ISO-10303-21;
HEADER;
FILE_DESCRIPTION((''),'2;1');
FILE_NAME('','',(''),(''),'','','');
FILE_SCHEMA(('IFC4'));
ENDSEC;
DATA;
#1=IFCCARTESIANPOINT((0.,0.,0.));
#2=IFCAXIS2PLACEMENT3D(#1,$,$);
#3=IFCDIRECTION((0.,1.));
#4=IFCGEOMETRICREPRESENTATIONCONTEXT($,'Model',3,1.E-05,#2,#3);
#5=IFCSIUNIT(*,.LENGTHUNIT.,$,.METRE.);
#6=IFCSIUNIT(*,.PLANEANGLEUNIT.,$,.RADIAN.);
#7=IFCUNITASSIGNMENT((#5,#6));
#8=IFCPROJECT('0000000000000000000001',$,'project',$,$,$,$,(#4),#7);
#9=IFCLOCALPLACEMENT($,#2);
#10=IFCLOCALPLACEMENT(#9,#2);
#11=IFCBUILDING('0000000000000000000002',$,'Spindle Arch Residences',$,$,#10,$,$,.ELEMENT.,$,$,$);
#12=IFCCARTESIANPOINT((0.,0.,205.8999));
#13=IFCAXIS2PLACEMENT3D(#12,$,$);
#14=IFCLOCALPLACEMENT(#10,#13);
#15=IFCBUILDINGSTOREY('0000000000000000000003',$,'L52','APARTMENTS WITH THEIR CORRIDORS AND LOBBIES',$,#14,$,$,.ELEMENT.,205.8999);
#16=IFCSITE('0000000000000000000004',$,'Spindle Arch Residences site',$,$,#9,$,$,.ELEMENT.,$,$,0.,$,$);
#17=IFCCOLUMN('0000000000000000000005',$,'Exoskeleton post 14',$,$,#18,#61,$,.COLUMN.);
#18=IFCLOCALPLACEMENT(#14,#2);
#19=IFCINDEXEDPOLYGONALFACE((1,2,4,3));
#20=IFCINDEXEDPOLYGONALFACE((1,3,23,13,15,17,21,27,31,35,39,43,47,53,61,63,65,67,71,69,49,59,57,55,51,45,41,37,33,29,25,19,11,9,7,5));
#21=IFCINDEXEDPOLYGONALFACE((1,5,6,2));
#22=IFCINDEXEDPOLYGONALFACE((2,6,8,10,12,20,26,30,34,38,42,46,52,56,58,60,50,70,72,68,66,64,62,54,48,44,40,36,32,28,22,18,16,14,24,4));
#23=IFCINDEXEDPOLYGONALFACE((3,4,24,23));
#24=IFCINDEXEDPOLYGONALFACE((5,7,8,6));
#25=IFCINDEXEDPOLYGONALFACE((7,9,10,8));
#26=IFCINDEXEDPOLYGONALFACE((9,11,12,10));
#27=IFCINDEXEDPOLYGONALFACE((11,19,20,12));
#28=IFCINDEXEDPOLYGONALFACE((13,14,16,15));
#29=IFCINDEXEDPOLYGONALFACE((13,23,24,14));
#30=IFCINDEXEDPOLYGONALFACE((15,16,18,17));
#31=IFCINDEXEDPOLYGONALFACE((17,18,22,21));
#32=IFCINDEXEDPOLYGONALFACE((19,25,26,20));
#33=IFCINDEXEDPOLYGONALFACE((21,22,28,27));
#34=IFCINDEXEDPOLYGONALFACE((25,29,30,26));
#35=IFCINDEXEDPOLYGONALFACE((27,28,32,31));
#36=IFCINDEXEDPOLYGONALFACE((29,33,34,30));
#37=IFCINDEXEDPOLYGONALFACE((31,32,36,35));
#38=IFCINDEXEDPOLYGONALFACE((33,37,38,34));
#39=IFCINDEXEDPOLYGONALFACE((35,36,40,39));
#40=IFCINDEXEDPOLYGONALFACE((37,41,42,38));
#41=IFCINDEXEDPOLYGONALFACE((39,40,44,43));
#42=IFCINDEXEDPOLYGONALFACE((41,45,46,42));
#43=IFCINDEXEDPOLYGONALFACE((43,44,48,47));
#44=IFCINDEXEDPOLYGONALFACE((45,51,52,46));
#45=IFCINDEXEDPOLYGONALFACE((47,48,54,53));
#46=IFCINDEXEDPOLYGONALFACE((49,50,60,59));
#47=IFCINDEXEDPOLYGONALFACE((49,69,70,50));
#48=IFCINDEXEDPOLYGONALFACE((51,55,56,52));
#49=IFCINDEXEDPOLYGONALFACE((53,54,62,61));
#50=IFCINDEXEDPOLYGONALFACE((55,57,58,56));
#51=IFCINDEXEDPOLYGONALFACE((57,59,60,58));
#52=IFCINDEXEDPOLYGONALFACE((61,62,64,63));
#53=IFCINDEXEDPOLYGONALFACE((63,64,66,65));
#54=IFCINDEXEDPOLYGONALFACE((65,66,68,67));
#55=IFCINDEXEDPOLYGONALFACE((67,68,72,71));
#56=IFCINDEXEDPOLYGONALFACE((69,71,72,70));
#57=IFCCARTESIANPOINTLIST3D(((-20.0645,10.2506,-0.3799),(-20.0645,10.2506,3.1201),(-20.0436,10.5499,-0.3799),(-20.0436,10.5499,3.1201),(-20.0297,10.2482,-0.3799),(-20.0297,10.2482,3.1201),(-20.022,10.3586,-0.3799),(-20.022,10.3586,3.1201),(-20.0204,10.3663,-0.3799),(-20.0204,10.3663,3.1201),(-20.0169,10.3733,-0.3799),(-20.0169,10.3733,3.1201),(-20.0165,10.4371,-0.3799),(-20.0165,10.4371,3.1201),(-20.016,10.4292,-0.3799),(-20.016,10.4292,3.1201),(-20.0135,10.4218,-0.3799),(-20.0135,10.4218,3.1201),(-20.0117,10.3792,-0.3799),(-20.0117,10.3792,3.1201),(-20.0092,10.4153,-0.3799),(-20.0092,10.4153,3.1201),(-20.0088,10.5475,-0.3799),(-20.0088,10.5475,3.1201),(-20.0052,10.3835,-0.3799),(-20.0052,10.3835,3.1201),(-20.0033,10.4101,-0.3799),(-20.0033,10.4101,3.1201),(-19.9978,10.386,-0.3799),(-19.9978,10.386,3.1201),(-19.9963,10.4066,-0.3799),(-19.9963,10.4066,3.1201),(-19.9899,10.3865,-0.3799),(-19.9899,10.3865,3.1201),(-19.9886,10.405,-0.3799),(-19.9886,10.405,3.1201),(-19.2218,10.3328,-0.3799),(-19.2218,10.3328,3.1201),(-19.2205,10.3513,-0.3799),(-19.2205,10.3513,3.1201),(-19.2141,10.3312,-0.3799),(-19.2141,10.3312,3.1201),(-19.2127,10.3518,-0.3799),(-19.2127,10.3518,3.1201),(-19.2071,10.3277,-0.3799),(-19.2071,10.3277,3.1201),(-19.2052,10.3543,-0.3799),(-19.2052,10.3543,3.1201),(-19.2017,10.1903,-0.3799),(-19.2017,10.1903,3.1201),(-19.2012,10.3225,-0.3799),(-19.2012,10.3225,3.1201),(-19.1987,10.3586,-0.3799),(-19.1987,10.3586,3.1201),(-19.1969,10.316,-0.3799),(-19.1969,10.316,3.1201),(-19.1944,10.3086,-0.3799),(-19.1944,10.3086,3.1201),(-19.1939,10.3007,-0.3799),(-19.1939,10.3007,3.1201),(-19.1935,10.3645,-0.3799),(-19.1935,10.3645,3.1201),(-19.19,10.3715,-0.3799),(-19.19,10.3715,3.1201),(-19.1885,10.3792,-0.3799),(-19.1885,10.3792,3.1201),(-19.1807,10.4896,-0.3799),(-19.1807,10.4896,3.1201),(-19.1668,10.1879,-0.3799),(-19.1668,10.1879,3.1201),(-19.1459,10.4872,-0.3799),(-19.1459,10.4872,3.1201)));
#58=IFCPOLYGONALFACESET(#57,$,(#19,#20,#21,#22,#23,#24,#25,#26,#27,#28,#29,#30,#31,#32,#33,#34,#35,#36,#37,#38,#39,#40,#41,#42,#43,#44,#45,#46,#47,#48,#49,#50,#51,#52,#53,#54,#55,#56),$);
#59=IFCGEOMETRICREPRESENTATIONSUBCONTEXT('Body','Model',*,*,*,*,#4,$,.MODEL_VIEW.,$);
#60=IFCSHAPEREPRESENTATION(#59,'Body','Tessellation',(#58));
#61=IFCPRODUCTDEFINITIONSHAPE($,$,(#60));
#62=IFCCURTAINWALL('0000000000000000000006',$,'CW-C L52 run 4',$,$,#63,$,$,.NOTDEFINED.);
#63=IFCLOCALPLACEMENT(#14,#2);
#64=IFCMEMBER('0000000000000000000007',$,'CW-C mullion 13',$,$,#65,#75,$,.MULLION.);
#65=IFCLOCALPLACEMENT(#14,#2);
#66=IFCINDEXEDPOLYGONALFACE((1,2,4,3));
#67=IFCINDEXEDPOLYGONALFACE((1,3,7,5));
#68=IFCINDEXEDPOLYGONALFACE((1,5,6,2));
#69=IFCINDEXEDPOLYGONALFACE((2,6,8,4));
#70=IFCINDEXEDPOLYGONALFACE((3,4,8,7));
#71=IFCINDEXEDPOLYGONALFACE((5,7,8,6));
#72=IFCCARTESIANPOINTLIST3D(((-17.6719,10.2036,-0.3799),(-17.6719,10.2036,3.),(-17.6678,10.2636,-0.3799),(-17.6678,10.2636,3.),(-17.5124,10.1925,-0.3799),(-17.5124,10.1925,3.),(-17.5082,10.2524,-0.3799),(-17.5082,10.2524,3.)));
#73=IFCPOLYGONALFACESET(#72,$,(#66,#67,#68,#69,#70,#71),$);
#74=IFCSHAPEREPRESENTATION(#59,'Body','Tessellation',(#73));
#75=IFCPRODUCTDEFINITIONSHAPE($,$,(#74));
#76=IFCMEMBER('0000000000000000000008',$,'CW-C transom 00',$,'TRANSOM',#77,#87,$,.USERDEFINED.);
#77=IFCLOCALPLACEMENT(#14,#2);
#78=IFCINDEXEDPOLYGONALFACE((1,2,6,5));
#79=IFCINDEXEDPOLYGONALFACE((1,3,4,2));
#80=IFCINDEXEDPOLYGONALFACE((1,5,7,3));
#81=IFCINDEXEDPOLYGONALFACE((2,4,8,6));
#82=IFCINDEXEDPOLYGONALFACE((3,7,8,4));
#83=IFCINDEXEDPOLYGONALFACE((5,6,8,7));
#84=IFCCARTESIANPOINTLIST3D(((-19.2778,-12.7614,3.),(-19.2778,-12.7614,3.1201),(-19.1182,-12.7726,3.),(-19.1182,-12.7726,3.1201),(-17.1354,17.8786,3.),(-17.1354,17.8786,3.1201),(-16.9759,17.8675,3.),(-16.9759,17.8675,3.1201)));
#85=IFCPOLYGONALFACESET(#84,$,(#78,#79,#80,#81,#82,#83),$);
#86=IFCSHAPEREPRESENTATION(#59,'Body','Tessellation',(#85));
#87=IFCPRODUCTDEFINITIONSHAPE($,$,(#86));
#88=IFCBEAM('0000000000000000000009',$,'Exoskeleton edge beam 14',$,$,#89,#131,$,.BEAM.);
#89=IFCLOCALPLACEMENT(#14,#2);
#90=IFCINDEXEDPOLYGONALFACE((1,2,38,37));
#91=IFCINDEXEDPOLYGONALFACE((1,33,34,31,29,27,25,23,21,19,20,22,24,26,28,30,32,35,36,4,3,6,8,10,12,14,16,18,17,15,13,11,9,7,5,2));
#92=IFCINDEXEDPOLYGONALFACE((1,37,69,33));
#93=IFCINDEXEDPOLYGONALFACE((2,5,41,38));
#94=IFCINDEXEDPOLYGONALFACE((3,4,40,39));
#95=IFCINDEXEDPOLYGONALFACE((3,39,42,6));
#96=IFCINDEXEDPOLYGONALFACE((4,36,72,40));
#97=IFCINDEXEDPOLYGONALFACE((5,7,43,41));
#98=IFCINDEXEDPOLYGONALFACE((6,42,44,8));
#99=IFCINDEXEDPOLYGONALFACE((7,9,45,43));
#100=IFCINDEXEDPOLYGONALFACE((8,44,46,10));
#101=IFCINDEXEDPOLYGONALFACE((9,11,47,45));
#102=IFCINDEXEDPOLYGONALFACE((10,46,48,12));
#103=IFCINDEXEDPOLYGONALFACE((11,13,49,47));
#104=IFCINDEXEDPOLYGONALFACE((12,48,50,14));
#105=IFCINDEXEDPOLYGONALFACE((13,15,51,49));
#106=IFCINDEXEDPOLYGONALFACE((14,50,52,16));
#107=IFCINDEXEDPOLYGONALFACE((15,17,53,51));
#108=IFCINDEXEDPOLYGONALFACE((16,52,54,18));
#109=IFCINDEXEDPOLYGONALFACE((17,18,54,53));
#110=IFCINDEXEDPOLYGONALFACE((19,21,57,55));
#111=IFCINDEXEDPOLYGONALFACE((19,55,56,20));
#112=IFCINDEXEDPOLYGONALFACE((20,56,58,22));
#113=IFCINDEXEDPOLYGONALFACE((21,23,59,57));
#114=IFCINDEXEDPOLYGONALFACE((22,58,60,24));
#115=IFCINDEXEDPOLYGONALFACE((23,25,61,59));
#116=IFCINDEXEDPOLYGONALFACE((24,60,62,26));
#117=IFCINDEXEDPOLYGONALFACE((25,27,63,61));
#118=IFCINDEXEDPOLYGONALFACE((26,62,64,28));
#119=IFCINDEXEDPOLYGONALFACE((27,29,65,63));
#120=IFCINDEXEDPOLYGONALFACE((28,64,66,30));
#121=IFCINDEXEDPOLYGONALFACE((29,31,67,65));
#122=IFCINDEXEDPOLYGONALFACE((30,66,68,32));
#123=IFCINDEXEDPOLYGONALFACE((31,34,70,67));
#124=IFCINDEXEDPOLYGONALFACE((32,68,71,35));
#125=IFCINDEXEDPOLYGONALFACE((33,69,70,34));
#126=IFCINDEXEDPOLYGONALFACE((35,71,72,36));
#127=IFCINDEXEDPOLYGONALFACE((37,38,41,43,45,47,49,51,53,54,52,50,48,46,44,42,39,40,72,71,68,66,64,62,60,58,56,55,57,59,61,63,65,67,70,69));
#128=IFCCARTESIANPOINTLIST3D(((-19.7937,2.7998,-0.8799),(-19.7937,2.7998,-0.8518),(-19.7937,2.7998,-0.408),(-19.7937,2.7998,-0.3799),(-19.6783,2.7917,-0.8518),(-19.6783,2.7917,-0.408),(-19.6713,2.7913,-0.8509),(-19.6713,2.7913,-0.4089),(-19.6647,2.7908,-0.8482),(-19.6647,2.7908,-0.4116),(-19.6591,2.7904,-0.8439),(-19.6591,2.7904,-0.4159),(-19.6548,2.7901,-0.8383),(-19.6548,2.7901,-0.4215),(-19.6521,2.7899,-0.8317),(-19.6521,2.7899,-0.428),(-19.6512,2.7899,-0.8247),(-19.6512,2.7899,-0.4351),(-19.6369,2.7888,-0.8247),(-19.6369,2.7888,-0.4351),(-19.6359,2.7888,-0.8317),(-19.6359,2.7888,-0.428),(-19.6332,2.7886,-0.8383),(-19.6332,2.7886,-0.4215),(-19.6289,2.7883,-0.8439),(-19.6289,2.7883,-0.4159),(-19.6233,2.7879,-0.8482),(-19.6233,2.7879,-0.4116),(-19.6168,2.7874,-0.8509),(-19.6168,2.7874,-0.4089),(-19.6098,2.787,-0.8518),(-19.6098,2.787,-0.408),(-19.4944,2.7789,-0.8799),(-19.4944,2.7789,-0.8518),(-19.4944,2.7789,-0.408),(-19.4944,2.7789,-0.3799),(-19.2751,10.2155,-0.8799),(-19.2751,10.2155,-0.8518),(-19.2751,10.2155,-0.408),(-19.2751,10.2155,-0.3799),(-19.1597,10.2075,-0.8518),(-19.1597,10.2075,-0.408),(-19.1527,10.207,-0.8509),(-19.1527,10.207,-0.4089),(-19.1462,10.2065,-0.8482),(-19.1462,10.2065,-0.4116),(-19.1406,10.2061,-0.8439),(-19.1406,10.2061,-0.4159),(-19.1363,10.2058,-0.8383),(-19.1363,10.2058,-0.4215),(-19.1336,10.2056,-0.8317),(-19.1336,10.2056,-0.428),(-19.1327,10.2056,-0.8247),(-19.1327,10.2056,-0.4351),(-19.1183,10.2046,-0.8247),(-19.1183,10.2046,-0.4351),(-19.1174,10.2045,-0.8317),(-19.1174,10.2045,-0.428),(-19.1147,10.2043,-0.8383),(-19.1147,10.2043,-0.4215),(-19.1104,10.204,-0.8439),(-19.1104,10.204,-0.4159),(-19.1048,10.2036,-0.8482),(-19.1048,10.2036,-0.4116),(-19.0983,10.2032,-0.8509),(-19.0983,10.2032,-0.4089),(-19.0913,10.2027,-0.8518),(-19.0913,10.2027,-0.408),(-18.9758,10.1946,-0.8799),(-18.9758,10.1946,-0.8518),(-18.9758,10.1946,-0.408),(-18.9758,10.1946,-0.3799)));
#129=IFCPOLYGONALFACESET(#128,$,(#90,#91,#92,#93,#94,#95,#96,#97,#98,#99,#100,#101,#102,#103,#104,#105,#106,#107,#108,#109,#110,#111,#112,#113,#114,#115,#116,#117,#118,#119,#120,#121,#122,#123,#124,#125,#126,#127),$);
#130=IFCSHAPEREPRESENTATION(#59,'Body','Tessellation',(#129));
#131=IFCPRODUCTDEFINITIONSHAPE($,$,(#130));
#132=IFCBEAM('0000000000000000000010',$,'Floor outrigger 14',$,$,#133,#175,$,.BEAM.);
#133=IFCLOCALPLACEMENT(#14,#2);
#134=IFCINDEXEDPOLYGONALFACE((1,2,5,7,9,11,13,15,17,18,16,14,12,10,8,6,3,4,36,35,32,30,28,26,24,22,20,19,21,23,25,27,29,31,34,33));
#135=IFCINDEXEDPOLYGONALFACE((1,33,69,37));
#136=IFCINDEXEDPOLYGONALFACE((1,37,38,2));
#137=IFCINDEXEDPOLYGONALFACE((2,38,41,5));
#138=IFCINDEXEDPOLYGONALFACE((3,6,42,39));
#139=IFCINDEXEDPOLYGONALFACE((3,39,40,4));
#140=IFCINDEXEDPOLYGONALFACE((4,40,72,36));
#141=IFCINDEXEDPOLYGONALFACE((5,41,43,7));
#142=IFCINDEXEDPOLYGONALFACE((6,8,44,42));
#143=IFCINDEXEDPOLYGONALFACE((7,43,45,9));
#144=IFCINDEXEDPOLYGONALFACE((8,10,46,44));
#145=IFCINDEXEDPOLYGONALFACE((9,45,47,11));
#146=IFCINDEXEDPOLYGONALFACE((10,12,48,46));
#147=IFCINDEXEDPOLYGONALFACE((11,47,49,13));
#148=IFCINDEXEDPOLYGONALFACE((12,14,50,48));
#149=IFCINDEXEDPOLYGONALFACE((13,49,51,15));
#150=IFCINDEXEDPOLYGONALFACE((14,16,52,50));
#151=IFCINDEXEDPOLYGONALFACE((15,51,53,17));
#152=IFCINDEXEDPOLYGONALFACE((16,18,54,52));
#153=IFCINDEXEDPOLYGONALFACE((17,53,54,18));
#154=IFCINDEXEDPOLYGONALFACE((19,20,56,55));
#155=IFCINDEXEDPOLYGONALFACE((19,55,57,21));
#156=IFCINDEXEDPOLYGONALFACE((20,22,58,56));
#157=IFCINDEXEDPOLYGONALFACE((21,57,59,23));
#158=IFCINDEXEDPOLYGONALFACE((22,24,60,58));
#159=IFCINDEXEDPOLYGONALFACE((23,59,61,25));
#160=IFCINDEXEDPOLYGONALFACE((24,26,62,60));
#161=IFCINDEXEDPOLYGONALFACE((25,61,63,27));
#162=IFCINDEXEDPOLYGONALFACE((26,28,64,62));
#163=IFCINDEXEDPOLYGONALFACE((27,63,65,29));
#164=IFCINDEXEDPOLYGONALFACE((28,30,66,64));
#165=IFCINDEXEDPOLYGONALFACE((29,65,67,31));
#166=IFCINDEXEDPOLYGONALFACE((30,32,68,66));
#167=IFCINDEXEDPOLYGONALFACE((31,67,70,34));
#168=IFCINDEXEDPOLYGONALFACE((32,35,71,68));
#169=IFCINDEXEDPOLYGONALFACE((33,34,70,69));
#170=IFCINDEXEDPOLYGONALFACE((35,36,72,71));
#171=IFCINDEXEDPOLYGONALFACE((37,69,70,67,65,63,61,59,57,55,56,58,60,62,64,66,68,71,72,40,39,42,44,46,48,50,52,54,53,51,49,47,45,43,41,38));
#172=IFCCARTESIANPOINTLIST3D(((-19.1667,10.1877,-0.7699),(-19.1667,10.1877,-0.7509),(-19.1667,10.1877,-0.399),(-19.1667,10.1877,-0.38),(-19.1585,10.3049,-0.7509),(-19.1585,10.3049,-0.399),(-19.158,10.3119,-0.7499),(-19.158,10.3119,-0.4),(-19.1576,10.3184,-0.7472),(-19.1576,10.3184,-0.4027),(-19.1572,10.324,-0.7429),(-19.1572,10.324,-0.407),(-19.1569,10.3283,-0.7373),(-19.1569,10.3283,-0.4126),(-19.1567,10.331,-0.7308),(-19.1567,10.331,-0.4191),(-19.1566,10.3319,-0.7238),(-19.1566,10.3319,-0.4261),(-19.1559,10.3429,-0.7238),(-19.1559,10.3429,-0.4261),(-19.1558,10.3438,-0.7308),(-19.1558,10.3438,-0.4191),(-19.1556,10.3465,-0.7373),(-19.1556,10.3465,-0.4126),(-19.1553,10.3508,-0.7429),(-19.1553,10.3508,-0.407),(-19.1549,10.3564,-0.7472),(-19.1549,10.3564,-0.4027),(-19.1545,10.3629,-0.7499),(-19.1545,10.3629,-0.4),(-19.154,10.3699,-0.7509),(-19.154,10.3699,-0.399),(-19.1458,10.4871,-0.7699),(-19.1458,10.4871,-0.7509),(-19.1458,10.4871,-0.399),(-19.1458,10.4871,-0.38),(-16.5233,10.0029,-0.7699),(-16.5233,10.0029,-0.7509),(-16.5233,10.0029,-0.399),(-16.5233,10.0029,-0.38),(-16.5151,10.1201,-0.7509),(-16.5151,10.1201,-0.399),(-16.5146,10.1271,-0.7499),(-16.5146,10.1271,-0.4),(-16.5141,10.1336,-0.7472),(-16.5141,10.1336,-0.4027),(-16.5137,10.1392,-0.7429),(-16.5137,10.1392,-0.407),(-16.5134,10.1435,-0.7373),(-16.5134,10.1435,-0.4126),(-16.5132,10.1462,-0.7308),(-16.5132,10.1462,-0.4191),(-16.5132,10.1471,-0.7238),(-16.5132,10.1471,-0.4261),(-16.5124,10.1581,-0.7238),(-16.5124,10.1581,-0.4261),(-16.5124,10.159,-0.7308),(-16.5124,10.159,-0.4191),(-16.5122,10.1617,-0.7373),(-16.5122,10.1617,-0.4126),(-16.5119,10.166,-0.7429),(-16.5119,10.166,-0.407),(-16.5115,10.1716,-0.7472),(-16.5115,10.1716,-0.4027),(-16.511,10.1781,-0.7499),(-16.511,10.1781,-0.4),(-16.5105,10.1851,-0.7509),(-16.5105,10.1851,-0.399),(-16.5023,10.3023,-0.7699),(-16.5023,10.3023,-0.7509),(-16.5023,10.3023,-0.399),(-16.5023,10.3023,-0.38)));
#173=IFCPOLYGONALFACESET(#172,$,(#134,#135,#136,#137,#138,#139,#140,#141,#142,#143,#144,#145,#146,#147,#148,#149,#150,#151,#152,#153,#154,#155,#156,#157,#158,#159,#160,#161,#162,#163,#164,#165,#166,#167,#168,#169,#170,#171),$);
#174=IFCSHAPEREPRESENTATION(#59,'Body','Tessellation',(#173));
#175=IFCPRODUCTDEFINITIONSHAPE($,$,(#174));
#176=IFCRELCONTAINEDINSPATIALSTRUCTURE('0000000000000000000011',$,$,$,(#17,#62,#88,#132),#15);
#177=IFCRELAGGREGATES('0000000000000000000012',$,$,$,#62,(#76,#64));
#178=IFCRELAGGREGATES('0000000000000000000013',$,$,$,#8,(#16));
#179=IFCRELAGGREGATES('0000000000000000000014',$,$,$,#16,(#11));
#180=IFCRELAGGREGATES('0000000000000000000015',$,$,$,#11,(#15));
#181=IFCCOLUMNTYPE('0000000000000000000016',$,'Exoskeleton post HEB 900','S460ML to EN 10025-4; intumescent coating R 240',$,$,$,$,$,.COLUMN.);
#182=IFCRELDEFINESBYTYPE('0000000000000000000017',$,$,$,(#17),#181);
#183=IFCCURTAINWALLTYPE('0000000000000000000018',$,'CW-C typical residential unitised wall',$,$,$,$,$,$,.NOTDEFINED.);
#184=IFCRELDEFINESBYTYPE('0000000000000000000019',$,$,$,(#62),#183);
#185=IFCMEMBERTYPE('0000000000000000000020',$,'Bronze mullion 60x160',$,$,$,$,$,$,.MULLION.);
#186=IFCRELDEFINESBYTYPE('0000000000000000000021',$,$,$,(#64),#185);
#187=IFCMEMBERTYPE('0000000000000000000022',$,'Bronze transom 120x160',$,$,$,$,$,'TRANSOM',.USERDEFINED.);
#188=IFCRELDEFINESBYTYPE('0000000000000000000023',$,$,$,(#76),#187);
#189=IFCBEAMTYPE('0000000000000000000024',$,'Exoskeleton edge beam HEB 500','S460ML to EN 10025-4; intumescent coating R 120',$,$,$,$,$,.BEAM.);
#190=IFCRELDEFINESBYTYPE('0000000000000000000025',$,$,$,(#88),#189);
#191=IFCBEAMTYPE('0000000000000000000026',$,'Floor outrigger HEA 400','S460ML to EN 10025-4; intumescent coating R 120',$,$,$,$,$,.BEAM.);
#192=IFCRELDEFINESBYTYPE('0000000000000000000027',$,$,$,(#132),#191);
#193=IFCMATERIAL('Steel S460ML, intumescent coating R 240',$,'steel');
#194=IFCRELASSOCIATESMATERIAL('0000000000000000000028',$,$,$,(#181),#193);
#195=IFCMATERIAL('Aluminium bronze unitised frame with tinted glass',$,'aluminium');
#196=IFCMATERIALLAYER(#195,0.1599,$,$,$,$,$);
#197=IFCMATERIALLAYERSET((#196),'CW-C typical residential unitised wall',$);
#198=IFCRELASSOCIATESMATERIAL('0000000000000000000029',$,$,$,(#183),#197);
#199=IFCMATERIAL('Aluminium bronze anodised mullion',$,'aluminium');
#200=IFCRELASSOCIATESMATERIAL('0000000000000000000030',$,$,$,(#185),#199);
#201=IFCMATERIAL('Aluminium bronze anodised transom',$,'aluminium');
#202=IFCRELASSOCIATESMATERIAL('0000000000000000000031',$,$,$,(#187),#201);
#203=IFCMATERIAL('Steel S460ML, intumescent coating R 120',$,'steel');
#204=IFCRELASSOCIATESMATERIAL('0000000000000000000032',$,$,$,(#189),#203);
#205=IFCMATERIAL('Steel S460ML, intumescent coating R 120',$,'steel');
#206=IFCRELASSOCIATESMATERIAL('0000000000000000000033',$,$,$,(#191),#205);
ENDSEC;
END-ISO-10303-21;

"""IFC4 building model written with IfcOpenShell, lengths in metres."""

from ifc_helpers import new_model, si_unit, direction, frame, origin, origin_2d, place, context, subcontext, project, spatial, rectangle, i_section, extrude, material, layer, layer_set, material_profile, profile_set, type_object, element, aggregate, save


model = new_model("IFC4")

# Units and contexts
model_context = context("Model", 3, precision=1e-05, world=origin(), true_north=direction((0.0, 1.0)))
body_context = subcontext(model_context, "Body", "Model", "MODEL_VIEW")
ifc_project = project(units=[si_unit("LENGTHUNIT", "METRE"), si_unit("PLANEANGLEUNIT", "RADIAN")], contexts=[model_context])

# Site, building, storey
site_placement = place(None, origin())
site = spatial("IfcSite", under=ifc_project, at=site_placement, Name="Spindle Arch Residences site", CompositionType="ELEMENT", RefElevation=0.0)
building_placement = place(site_placement, origin())
building = spatial("IfcBuilding", under=site, at=building_placement, Name="Spindle Arch Residences", CompositionType="ELEMENT")
storey_placement = place(building_placement, frame((0.0, 0.0, 205.8999)))
storey = spatial("IfcBuildingStorey", under=building, at=storey_placement, Name="L52", Description="APARTMENTS WITH THEIR CORRIDORS AND LOBBIES", CompositionType="ELEMENT", Elevation=205.8999)

# Column
ifc_material_1 = material(Name="Steel S460ML, intumescent coating R 240", Category="steel")
ifc_material_profile_1 = material_profile(ifc_material_1, i_section(OverallWidth=0.3, OverallDepth=0.8999, WebThickness=0.0186, FlangeThickness=0.0349, FilletRadius=0.03, at=origin_2d()), Name="HEB 900")
ifc_profile_set_1 = profile_set([ifc_material_profile_1], Name="Steel S460ML, intumescent coating R 240")
column_type = type_object("IfcColumnType", Name="Exoskeleton post HEB 900", Description="S460ML to EN 10025-4; intumescent coating R 240", PredefinedType="COLUMN", material=ifc_profile_set_1)
column_placement = place(storey_placement, frame((-19.6052, 10.3689, -0.3799), z_axis=(0.0, 0.0, 1.0), x_axis=(0.069756, 0.997564, 0.0)))
element("IfcColumn", 1, at=column_placement, inside=storey, type_object=column_type, Name="Exoskeleton post 14", PredefinedType="COLUMN", context=body_context, shape_type="SweptSolid", body=[
    extrude(i_section(OverallWidth=0.3, OverallDepth=0.8999, WebThickness=0.0186, FlangeThickness=0.0349, FilletRadius=0.03, at=origin_2d()), origin(), (0.0, 0.0, 1.0), 3.5),
])

# Curtain wall, members
ifc_material_2 = material(Name="Aluminium bronze unitised frame with tinted glass", Category="aluminium")
ifc_layer_1 = layer(ifc_material_2, 0.1599)
ifc_layer_set_1 = layer_set([ifc_layer_1], Name="CW-C typical residential unitised wall")
curtain_wall_type = type_object("IfcCurtainWallType", Name="CW-C typical residential unitised wall", PredefinedType="NOTDEFINED", material=ifc_layer_set_1)
curtain_wall_placement = place(storey_placement, origin())
curtain_wall = element("IfcCurtainWall", 2, at=curtain_wall_placement, inside=storey, type_object=curtain_wall_type, Name="CW-C L52 run 4", PredefinedType="NOTDEFINED")
ifc_material_3 = material(Name="Aluminium bronze anodised mullion", Category="aluminium")
ifc_material_profile_2 = material_profile(ifc_material_3, rectangle(XDim=0.1599, YDim=0.0601, at=origin_2d()), Name="MU 60x160")
ifc_profile_set_2 = profile_set([ifc_material_profile_2], Name="Aluminium bronze anodised mullion")
member_type_1 = type_object("IfcMemberType", Name="Bronze mullion 60x160", PredefinedType="MULLION", material=ifc_profile_set_2)
member_1_placement = place(storey_placement, frame((-17.5901, 10.228, -0.3799), z_axis=(0.0, 0.0, 1.0), x_axis=(0.997564, -0.069756, 0.0)))
member_1 = element("IfcMember", 3, at=member_1_placement, type_object=member_type_1, Name="CW-C mullion 13", PredefinedType="MULLION", context=body_context, shape_type="SweptSolid", body=[
    extrude(rectangle(XDim=0.1599, YDim=0.0601, at=origin_2d()), origin(), (0.0, 0.0, 1.0), 3.3799),
])
ifc_material_4 = material(Name="Aluminium bronze anodised transom", Category="aluminium")
ifc_material_profile_3 = material_profile(ifc_material_4, rectangle(XDim=0.1599, YDim=0.1201, at=origin_2d()), Name="TR 120x160")
ifc_profile_set_3 = profile_set([ifc_material_profile_3], Name="Aluminium bronze anodised transom")
member_type_2 = type_object("IfcMemberType", Name="Bronze transom 120x160", ElementType="TRANSOM", PredefinedType="USERDEFINED", material=ifc_profile_set_3)
member_2_placement = place(storey_placement, frame((-17.0557, 17.873, 3.0601), z_axis=(-0.069749, -0.997565, 0.0), x_axis=(0.997565, -0.069749, 0.0)))
member_2 = element("IfcMember", 4, at=member_2_placement, type_object=member_type_2, Name="CW-C transom 00", ObjectType="TRANSOM", PredefinedType="USERDEFINED", context=body_context, shape_type="SweptSolid", body=[
    extrude(rectangle(XDim=0.1599, YDim=0.1201, at=origin_2d()), origin(), (0.0, 0.0, 1.0), 30.7148),
])

# Beams
ifc_material_5 = material(Name="Steel S460ML, intumescent coating R 120", Category="steel")
ifc_material_profile_4 = material_profile(ifc_material_5, i_section(OverallWidth=0.3, OverallDepth=0.5, WebThickness=0.0144, FlangeThickness=0.0281, FilletRadius=0.0271, at=origin_2d()), Name="HEB 500")
ifc_profile_set_4 = profile_set([ifc_material_profile_4], Name="Steel S460ML, intumescent coating R 120")
beam_type_1 = type_object("IfcBeamType", Name="Exoskeleton edge beam HEB 500", Description="S460ML to EN 10025-4; intumescent coating R 120", PredefinedType="BEAM", material=ifc_profile_set_4)
beam_1_placement = place(storey_placement, frame((-19.1255, 10.2051, -0.6299), z_axis=(-0.069756, -0.997564, 0.0), x_axis=(0.997564, -0.069756, 0.0)))
element("IfcBeam", 5, at=beam_1_placement, inside=storey, type_object=beam_type_1, Name="Exoskeleton edge beam 14", PredefinedType="BEAM", context=body_context, shape_type="SweptSolid", body=[
    extrude(i_section(OverallWidth=0.3, OverallDepth=0.5, WebThickness=0.0144, FlangeThickness=0.0281, FilletRadius=0.0271, at=origin_2d()), origin(), (0.0, 0.0, 1.0), 7.4338),
])
ifc_material_6 = material(Name="Steel S460ML, intumescent coating R 120", Category="steel")
ifc_material_profile_5 = material_profile(ifc_material_6, i_section(OverallWidth=0.3, OverallDepth=0.3899, WebThickness=0.011, FlangeThickness=0.019, FilletRadius=0.0271, at=origin_2d()), Name="HEA 400")
ifc_profile_set_5 = profile_set([ifc_material_profile_5], Name="Steel S460ML, intumescent coating R 120")
beam_type_2 = type_object("IfcBeamType", Name="Floor outrigger HEA 400", Description="S460ML to EN 10025-4; intumescent coating R 120", PredefinedType="BEAM", material=ifc_profile_set_5)
beam_2_placement = place(storey_placement, frame((-19.1562, 10.3374, -0.575), z_axis=(0.997565, -0.069741, 0.0), x_axis=(0.069741, 0.997565, 0.0)))
element("IfcBeam", 6, at=beam_2_placement, inside=storey, type_object=beam_type_2, Name="Floor outrigger 14", PredefinedType="BEAM", context=body_context, shape_type="SweptSolid", body=[
    extrude(i_section(OverallWidth=0.3, OverallDepth=0.3899, WebThickness=0.011, FlangeThickness=0.019, FilletRadius=0.0271, at=origin_2d()), origin(), (0.0, 0.0, 1.0), 2.6499),
])

aggregate(curtain_wall, [member_2, member_1])

save(model, "model.ifc")
